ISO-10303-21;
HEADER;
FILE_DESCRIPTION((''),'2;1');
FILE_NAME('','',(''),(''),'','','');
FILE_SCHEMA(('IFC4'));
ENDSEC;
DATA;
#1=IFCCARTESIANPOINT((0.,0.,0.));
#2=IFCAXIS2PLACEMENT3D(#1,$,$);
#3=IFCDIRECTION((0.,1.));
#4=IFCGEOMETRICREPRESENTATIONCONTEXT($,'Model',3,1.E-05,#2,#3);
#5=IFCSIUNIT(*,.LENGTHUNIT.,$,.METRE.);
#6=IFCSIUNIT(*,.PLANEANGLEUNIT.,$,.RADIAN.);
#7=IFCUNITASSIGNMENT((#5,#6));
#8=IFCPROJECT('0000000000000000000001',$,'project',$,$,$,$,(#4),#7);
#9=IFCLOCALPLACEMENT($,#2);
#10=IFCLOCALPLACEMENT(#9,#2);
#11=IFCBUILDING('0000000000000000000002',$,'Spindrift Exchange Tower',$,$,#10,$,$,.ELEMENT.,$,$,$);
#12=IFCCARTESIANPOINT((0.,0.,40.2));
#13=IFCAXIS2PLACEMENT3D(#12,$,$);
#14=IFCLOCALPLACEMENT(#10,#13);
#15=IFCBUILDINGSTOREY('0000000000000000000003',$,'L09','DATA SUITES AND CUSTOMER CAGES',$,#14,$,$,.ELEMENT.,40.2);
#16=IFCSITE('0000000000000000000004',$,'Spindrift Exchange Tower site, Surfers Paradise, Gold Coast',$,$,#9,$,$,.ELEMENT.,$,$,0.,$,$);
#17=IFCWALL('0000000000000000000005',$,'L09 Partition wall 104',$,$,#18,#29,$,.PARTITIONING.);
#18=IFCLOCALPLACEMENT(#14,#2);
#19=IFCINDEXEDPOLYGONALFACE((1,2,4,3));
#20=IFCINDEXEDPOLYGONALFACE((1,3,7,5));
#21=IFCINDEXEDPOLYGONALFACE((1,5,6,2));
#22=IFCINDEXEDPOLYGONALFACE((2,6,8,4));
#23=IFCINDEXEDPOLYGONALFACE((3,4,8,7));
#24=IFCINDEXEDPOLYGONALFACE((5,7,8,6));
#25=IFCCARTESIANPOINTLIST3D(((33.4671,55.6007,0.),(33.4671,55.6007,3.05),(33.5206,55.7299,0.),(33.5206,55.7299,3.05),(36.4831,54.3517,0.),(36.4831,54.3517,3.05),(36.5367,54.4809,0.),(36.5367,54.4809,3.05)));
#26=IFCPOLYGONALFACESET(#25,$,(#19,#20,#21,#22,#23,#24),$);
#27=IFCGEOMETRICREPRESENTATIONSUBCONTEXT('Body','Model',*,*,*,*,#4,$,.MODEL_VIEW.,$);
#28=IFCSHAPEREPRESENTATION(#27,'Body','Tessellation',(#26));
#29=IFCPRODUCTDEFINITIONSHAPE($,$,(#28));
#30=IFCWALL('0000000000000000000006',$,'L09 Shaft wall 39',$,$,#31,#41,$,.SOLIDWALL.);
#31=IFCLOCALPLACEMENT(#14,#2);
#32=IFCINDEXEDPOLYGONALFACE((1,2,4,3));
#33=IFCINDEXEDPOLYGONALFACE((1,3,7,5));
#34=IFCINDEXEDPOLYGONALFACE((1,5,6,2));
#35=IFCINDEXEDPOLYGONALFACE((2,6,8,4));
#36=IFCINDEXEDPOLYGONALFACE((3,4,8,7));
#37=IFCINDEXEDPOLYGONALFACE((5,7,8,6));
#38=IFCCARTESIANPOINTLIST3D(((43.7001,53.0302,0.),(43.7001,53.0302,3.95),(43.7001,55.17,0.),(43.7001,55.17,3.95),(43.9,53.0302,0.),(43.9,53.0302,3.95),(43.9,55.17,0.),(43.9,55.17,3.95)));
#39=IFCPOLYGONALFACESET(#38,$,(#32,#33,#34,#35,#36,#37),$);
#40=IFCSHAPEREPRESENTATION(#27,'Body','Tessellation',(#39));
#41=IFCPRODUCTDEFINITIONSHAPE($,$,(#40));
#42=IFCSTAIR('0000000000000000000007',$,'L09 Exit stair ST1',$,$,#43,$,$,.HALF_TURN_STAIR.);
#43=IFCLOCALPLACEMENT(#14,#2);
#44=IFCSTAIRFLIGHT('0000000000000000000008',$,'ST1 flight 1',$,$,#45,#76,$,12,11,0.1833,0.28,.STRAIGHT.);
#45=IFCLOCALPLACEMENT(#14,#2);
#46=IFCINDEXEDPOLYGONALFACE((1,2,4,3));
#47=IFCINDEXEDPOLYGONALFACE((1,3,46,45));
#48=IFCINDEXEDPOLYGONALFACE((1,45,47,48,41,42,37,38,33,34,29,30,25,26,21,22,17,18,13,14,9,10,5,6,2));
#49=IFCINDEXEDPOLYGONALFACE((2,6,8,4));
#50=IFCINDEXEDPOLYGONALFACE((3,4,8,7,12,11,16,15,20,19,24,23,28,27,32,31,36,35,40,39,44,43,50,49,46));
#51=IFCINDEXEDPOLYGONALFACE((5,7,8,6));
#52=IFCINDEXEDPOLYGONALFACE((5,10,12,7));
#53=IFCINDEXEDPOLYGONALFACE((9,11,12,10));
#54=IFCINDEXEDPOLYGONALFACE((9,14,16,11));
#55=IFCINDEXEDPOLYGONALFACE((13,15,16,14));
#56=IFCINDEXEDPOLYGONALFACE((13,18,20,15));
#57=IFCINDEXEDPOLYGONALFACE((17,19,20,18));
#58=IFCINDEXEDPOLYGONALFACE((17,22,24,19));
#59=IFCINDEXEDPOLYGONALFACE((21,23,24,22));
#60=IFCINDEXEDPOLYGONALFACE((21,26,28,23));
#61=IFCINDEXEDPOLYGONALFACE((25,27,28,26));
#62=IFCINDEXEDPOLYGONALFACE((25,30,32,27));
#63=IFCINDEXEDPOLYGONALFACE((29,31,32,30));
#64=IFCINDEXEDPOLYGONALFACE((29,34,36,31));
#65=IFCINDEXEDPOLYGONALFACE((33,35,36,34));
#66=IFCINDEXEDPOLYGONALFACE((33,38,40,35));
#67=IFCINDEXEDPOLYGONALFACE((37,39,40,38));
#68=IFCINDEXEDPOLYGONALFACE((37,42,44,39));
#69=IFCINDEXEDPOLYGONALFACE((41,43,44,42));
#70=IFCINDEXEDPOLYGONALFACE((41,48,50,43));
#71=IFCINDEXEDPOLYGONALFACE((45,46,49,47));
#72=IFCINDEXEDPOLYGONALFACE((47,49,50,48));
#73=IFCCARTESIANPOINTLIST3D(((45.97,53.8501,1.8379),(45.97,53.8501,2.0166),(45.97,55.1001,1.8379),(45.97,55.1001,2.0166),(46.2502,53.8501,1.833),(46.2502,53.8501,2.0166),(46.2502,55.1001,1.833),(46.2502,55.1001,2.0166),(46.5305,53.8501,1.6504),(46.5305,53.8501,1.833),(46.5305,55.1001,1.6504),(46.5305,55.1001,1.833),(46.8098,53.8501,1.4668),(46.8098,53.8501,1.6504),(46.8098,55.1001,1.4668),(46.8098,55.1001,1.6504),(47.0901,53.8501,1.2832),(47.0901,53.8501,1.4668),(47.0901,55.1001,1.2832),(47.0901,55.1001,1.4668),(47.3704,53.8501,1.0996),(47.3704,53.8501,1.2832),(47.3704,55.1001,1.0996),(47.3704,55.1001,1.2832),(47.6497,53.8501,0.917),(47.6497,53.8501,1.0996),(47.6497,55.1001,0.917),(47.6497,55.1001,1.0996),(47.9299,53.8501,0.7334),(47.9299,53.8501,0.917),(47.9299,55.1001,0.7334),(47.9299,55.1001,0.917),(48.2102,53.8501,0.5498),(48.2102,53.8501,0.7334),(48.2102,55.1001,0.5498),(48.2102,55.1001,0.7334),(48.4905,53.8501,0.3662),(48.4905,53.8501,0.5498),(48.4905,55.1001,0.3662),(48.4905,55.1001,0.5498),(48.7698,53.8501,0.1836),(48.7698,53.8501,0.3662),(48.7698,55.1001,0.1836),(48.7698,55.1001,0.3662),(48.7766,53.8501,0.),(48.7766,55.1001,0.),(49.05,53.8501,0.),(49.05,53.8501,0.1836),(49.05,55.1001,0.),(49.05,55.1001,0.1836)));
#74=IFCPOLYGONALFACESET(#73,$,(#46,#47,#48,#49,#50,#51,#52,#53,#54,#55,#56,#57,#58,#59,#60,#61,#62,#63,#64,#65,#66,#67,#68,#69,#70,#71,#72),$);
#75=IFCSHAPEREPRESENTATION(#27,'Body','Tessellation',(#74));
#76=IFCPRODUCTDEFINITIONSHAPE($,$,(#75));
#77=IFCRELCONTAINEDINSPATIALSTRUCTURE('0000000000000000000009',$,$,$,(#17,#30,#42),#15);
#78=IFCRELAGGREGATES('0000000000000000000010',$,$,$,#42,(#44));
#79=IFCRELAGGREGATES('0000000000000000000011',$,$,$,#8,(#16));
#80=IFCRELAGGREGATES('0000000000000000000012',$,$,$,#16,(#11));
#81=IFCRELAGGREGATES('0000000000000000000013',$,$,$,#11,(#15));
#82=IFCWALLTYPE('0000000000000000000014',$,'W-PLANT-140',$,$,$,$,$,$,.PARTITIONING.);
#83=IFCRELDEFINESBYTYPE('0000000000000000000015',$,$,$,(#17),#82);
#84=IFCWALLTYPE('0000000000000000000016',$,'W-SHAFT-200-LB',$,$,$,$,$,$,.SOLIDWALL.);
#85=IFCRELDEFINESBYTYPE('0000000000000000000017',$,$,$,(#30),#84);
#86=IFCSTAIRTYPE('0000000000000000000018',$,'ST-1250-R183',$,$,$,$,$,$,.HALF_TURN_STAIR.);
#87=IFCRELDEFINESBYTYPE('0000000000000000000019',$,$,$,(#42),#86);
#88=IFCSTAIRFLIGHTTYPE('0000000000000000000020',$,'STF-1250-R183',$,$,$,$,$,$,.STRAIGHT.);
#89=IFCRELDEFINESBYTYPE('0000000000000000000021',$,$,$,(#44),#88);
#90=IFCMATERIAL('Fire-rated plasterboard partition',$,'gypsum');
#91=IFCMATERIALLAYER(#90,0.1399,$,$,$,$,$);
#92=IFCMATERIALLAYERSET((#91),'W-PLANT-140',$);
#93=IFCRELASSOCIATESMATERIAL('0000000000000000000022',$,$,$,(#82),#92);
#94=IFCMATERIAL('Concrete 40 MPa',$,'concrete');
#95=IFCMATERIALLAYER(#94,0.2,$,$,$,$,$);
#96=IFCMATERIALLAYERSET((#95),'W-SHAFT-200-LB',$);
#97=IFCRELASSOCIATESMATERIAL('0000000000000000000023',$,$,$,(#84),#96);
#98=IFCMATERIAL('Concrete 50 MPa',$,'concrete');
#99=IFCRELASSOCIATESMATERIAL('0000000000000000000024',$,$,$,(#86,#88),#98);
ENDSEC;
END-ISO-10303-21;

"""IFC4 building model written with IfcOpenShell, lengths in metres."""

from ifc_helpers import new_model, si_unit, direction, frame, frame_2d, origin, place, context, subcontext, project, spatial, line, indexed_curve, rectangle, outline, extrude, material, layer, layer_set, type_object, element, aggregate, save


model = new_model("IFC4")

# Units and contexts
model_context = context("Model", 3, precision=1e-05, world=origin(), true_north=direction((0.0, 1.0)))
body_context = subcontext(model_context, "Body", "Model", "MODEL_VIEW")
ifc_project = project(units=[si_unit("LENGTHUNIT", "METRE"), si_unit("PLANEANGLEUNIT", "RADIAN")], contexts=[model_context])

# Site, building, storey
site_placement = place(None, origin())
site = spatial("IfcSite", under=ifc_project, at=site_placement, Name="Spindrift Exchange Tower site, Surfers Paradise, Gold Coast", CompositionType="ELEMENT", RefElevation=0.0)
building_placement = place(site_placement, origin())
building = spatial("IfcBuilding", under=site, at=building_placement, Name="Spindrift Exchange Tower", CompositionType="ELEMENT")
storey_placement = place(building_placement, frame((0.0, 0.0, 40.2)))
storey = spatial("IfcBuildingStorey", under=building, at=storey_placement, Name="L09", Description="DATA SUITES AND CUSTOMER CAGES", CompositionType="ELEMENT", Elevation=40.2)

# Shared definitions
ifc_material_1 = material(Name="Fire-rated plasterboard partition", Category="gypsum")

# Walls
ifc_layer_1 = layer(ifc_material_1, 0.1399)
ifc_layer_set_1 = layer_set([ifc_layer_1], Name="W-PLANT-140")
wall_type_1 = type_object("IfcWallType", Name="W-PLANT-140", PredefinedType="PARTITIONING", material=ifc_layer_set_1)
wall_1_placement = place(storey_placement, frame((36.51, 54.4163, 0.0), z_axis=(0.0, 0.0, 1.0), x_axis=(-0.923911, 0.382607, 0.0)))
element("IfcWall", 1, at=wall_1_placement, inside=storey, type_object=wall_type_1, Name="L09 Partition wall 104", PredefinedType="PARTITIONING", context=body_context, shape_type="SweptSolid", body=[
    extrude(rectangle(XDim=3.2644, YDim=0.1399, at=frame_2d((1.6323, 0.0))), origin(), (0.0, 0.0, 1.0), 3.05),
])
ifc_material_2 = material(Name="Concrete 40 MPa", Category="concrete")
ifc_layer_2 = layer(ifc_material_2, 0.2)
ifc_layer_set_2 = layer_set([ifc_layer_2], Name="W-SHAFT-200-LB")
wall_type_2 = type_object("IfcWallType", Name="W-SHAFT-200-LB", PredefinedType="SOLIDWALL", material=ifc_layer_set_2)
wall_2_placement = place(storey_placement, frame((43.8, 55.1699, 0.0), z_axis=(0.0, 0.0, 1.0), x_axis=(0.0, -1.0, 0.0)))
element("IfcWall", 2, at=wall_2_placement, inside=storey, type_object=wall_type_2, Name="L09 Shaft wall 39", PredefinedType="SOLIDWALL", context=body_context, shape_type="SweptSolid", body=[
    extrude(rectangle(XDim=2.1399, YDim=0.2, at=frame_2d((1.0698, 0.0))), origin(), (0.0, 0.0, 1.0), 3.95),
])

# Stair, stair flight
ifc_material_3 = material(Name="Concrete 50 MPa", Category="concrete")
stair_type = type_object("IfcStairType", Name="ST-1250-R183", PredefinedType="HALF_TURN_STAIR", material=ifc_material_3)
stair_placement = place(storey_placement, origin())
stair = element("IfcStair", 3, at=stair_placement, inside=storey, type_object=stair_type, Name="L09 Exit stair ST1", PredefinedType="HALF_TURN_STAIR")
stair_flight_type = type_object("IfcStairFlightType", Name="STF-1250-R183", PredefinedType="STRAIGHT", material=ifc_material_3)
stair_flight_placement = place(storey_placement, frame((49.05, 54.4751, 0.0), z_axis=(0.0, 0.0, 1.0), x_axis=(-1.0, 0.0, 0.0)))
stair_flight = element("IfcStairFlight", 4, at=stair_flight_placement, type_object=stair_flight_type, Name="ST1 flight 1", NumberOfRisers=12, NumberOfTreads=11, PredefinedType="STRAIGHT", RiserHeight=0.1833, TreadLength=0.28, context=body_context, shape_type="SweptSolid", body=[
    extrude(outline(indexed_curve([(0.0, 0.0), (0.0, 0.1836), (0.2803, 0.1836), (0.2803, 0.3662), (0.5596, 0.3662), (0.5596, 0.5498), (0.8398, 0.5498), (0.8398, 0.7334), (1.1201, 0.7334), (1.1201, 0.917), (1.4004, 0.917), (1.4004, 1.0996), (1.6797, 1.0996), (1.6797, 1.2832), (1.96, 1.2832), (1.96, 1.4668), (2.2402, 1.4668), (2.2402, 1.6504), (2.5195, 1.6504), (2.5195, 1.833), (2.7998, 1.833), (2.7998, 2.0166), (3.0801, 2.0166), (3.0801, 2.2002), (3.0801, 1.8379), (0.2734, 0.0)], segments=[line(1, 2, 3, 4, 5, 6, 7, 8, 9, 10, 11, 12, 13, 14, 15, 16, 17, 18, 19, 20, 21, 22, 23, 24, 25, 26, 1)], self_intersect=False)), frame((0.0, 0.625, 0.0), z_axis=(0.0, -1.0, 0.0), x_axis=(1.0, 0.0, 0.0)), (0.0, 0.0, 1.0), 1.25),
])
aggregate(stair, [stair_flight])

save(model, "model.ifc")
